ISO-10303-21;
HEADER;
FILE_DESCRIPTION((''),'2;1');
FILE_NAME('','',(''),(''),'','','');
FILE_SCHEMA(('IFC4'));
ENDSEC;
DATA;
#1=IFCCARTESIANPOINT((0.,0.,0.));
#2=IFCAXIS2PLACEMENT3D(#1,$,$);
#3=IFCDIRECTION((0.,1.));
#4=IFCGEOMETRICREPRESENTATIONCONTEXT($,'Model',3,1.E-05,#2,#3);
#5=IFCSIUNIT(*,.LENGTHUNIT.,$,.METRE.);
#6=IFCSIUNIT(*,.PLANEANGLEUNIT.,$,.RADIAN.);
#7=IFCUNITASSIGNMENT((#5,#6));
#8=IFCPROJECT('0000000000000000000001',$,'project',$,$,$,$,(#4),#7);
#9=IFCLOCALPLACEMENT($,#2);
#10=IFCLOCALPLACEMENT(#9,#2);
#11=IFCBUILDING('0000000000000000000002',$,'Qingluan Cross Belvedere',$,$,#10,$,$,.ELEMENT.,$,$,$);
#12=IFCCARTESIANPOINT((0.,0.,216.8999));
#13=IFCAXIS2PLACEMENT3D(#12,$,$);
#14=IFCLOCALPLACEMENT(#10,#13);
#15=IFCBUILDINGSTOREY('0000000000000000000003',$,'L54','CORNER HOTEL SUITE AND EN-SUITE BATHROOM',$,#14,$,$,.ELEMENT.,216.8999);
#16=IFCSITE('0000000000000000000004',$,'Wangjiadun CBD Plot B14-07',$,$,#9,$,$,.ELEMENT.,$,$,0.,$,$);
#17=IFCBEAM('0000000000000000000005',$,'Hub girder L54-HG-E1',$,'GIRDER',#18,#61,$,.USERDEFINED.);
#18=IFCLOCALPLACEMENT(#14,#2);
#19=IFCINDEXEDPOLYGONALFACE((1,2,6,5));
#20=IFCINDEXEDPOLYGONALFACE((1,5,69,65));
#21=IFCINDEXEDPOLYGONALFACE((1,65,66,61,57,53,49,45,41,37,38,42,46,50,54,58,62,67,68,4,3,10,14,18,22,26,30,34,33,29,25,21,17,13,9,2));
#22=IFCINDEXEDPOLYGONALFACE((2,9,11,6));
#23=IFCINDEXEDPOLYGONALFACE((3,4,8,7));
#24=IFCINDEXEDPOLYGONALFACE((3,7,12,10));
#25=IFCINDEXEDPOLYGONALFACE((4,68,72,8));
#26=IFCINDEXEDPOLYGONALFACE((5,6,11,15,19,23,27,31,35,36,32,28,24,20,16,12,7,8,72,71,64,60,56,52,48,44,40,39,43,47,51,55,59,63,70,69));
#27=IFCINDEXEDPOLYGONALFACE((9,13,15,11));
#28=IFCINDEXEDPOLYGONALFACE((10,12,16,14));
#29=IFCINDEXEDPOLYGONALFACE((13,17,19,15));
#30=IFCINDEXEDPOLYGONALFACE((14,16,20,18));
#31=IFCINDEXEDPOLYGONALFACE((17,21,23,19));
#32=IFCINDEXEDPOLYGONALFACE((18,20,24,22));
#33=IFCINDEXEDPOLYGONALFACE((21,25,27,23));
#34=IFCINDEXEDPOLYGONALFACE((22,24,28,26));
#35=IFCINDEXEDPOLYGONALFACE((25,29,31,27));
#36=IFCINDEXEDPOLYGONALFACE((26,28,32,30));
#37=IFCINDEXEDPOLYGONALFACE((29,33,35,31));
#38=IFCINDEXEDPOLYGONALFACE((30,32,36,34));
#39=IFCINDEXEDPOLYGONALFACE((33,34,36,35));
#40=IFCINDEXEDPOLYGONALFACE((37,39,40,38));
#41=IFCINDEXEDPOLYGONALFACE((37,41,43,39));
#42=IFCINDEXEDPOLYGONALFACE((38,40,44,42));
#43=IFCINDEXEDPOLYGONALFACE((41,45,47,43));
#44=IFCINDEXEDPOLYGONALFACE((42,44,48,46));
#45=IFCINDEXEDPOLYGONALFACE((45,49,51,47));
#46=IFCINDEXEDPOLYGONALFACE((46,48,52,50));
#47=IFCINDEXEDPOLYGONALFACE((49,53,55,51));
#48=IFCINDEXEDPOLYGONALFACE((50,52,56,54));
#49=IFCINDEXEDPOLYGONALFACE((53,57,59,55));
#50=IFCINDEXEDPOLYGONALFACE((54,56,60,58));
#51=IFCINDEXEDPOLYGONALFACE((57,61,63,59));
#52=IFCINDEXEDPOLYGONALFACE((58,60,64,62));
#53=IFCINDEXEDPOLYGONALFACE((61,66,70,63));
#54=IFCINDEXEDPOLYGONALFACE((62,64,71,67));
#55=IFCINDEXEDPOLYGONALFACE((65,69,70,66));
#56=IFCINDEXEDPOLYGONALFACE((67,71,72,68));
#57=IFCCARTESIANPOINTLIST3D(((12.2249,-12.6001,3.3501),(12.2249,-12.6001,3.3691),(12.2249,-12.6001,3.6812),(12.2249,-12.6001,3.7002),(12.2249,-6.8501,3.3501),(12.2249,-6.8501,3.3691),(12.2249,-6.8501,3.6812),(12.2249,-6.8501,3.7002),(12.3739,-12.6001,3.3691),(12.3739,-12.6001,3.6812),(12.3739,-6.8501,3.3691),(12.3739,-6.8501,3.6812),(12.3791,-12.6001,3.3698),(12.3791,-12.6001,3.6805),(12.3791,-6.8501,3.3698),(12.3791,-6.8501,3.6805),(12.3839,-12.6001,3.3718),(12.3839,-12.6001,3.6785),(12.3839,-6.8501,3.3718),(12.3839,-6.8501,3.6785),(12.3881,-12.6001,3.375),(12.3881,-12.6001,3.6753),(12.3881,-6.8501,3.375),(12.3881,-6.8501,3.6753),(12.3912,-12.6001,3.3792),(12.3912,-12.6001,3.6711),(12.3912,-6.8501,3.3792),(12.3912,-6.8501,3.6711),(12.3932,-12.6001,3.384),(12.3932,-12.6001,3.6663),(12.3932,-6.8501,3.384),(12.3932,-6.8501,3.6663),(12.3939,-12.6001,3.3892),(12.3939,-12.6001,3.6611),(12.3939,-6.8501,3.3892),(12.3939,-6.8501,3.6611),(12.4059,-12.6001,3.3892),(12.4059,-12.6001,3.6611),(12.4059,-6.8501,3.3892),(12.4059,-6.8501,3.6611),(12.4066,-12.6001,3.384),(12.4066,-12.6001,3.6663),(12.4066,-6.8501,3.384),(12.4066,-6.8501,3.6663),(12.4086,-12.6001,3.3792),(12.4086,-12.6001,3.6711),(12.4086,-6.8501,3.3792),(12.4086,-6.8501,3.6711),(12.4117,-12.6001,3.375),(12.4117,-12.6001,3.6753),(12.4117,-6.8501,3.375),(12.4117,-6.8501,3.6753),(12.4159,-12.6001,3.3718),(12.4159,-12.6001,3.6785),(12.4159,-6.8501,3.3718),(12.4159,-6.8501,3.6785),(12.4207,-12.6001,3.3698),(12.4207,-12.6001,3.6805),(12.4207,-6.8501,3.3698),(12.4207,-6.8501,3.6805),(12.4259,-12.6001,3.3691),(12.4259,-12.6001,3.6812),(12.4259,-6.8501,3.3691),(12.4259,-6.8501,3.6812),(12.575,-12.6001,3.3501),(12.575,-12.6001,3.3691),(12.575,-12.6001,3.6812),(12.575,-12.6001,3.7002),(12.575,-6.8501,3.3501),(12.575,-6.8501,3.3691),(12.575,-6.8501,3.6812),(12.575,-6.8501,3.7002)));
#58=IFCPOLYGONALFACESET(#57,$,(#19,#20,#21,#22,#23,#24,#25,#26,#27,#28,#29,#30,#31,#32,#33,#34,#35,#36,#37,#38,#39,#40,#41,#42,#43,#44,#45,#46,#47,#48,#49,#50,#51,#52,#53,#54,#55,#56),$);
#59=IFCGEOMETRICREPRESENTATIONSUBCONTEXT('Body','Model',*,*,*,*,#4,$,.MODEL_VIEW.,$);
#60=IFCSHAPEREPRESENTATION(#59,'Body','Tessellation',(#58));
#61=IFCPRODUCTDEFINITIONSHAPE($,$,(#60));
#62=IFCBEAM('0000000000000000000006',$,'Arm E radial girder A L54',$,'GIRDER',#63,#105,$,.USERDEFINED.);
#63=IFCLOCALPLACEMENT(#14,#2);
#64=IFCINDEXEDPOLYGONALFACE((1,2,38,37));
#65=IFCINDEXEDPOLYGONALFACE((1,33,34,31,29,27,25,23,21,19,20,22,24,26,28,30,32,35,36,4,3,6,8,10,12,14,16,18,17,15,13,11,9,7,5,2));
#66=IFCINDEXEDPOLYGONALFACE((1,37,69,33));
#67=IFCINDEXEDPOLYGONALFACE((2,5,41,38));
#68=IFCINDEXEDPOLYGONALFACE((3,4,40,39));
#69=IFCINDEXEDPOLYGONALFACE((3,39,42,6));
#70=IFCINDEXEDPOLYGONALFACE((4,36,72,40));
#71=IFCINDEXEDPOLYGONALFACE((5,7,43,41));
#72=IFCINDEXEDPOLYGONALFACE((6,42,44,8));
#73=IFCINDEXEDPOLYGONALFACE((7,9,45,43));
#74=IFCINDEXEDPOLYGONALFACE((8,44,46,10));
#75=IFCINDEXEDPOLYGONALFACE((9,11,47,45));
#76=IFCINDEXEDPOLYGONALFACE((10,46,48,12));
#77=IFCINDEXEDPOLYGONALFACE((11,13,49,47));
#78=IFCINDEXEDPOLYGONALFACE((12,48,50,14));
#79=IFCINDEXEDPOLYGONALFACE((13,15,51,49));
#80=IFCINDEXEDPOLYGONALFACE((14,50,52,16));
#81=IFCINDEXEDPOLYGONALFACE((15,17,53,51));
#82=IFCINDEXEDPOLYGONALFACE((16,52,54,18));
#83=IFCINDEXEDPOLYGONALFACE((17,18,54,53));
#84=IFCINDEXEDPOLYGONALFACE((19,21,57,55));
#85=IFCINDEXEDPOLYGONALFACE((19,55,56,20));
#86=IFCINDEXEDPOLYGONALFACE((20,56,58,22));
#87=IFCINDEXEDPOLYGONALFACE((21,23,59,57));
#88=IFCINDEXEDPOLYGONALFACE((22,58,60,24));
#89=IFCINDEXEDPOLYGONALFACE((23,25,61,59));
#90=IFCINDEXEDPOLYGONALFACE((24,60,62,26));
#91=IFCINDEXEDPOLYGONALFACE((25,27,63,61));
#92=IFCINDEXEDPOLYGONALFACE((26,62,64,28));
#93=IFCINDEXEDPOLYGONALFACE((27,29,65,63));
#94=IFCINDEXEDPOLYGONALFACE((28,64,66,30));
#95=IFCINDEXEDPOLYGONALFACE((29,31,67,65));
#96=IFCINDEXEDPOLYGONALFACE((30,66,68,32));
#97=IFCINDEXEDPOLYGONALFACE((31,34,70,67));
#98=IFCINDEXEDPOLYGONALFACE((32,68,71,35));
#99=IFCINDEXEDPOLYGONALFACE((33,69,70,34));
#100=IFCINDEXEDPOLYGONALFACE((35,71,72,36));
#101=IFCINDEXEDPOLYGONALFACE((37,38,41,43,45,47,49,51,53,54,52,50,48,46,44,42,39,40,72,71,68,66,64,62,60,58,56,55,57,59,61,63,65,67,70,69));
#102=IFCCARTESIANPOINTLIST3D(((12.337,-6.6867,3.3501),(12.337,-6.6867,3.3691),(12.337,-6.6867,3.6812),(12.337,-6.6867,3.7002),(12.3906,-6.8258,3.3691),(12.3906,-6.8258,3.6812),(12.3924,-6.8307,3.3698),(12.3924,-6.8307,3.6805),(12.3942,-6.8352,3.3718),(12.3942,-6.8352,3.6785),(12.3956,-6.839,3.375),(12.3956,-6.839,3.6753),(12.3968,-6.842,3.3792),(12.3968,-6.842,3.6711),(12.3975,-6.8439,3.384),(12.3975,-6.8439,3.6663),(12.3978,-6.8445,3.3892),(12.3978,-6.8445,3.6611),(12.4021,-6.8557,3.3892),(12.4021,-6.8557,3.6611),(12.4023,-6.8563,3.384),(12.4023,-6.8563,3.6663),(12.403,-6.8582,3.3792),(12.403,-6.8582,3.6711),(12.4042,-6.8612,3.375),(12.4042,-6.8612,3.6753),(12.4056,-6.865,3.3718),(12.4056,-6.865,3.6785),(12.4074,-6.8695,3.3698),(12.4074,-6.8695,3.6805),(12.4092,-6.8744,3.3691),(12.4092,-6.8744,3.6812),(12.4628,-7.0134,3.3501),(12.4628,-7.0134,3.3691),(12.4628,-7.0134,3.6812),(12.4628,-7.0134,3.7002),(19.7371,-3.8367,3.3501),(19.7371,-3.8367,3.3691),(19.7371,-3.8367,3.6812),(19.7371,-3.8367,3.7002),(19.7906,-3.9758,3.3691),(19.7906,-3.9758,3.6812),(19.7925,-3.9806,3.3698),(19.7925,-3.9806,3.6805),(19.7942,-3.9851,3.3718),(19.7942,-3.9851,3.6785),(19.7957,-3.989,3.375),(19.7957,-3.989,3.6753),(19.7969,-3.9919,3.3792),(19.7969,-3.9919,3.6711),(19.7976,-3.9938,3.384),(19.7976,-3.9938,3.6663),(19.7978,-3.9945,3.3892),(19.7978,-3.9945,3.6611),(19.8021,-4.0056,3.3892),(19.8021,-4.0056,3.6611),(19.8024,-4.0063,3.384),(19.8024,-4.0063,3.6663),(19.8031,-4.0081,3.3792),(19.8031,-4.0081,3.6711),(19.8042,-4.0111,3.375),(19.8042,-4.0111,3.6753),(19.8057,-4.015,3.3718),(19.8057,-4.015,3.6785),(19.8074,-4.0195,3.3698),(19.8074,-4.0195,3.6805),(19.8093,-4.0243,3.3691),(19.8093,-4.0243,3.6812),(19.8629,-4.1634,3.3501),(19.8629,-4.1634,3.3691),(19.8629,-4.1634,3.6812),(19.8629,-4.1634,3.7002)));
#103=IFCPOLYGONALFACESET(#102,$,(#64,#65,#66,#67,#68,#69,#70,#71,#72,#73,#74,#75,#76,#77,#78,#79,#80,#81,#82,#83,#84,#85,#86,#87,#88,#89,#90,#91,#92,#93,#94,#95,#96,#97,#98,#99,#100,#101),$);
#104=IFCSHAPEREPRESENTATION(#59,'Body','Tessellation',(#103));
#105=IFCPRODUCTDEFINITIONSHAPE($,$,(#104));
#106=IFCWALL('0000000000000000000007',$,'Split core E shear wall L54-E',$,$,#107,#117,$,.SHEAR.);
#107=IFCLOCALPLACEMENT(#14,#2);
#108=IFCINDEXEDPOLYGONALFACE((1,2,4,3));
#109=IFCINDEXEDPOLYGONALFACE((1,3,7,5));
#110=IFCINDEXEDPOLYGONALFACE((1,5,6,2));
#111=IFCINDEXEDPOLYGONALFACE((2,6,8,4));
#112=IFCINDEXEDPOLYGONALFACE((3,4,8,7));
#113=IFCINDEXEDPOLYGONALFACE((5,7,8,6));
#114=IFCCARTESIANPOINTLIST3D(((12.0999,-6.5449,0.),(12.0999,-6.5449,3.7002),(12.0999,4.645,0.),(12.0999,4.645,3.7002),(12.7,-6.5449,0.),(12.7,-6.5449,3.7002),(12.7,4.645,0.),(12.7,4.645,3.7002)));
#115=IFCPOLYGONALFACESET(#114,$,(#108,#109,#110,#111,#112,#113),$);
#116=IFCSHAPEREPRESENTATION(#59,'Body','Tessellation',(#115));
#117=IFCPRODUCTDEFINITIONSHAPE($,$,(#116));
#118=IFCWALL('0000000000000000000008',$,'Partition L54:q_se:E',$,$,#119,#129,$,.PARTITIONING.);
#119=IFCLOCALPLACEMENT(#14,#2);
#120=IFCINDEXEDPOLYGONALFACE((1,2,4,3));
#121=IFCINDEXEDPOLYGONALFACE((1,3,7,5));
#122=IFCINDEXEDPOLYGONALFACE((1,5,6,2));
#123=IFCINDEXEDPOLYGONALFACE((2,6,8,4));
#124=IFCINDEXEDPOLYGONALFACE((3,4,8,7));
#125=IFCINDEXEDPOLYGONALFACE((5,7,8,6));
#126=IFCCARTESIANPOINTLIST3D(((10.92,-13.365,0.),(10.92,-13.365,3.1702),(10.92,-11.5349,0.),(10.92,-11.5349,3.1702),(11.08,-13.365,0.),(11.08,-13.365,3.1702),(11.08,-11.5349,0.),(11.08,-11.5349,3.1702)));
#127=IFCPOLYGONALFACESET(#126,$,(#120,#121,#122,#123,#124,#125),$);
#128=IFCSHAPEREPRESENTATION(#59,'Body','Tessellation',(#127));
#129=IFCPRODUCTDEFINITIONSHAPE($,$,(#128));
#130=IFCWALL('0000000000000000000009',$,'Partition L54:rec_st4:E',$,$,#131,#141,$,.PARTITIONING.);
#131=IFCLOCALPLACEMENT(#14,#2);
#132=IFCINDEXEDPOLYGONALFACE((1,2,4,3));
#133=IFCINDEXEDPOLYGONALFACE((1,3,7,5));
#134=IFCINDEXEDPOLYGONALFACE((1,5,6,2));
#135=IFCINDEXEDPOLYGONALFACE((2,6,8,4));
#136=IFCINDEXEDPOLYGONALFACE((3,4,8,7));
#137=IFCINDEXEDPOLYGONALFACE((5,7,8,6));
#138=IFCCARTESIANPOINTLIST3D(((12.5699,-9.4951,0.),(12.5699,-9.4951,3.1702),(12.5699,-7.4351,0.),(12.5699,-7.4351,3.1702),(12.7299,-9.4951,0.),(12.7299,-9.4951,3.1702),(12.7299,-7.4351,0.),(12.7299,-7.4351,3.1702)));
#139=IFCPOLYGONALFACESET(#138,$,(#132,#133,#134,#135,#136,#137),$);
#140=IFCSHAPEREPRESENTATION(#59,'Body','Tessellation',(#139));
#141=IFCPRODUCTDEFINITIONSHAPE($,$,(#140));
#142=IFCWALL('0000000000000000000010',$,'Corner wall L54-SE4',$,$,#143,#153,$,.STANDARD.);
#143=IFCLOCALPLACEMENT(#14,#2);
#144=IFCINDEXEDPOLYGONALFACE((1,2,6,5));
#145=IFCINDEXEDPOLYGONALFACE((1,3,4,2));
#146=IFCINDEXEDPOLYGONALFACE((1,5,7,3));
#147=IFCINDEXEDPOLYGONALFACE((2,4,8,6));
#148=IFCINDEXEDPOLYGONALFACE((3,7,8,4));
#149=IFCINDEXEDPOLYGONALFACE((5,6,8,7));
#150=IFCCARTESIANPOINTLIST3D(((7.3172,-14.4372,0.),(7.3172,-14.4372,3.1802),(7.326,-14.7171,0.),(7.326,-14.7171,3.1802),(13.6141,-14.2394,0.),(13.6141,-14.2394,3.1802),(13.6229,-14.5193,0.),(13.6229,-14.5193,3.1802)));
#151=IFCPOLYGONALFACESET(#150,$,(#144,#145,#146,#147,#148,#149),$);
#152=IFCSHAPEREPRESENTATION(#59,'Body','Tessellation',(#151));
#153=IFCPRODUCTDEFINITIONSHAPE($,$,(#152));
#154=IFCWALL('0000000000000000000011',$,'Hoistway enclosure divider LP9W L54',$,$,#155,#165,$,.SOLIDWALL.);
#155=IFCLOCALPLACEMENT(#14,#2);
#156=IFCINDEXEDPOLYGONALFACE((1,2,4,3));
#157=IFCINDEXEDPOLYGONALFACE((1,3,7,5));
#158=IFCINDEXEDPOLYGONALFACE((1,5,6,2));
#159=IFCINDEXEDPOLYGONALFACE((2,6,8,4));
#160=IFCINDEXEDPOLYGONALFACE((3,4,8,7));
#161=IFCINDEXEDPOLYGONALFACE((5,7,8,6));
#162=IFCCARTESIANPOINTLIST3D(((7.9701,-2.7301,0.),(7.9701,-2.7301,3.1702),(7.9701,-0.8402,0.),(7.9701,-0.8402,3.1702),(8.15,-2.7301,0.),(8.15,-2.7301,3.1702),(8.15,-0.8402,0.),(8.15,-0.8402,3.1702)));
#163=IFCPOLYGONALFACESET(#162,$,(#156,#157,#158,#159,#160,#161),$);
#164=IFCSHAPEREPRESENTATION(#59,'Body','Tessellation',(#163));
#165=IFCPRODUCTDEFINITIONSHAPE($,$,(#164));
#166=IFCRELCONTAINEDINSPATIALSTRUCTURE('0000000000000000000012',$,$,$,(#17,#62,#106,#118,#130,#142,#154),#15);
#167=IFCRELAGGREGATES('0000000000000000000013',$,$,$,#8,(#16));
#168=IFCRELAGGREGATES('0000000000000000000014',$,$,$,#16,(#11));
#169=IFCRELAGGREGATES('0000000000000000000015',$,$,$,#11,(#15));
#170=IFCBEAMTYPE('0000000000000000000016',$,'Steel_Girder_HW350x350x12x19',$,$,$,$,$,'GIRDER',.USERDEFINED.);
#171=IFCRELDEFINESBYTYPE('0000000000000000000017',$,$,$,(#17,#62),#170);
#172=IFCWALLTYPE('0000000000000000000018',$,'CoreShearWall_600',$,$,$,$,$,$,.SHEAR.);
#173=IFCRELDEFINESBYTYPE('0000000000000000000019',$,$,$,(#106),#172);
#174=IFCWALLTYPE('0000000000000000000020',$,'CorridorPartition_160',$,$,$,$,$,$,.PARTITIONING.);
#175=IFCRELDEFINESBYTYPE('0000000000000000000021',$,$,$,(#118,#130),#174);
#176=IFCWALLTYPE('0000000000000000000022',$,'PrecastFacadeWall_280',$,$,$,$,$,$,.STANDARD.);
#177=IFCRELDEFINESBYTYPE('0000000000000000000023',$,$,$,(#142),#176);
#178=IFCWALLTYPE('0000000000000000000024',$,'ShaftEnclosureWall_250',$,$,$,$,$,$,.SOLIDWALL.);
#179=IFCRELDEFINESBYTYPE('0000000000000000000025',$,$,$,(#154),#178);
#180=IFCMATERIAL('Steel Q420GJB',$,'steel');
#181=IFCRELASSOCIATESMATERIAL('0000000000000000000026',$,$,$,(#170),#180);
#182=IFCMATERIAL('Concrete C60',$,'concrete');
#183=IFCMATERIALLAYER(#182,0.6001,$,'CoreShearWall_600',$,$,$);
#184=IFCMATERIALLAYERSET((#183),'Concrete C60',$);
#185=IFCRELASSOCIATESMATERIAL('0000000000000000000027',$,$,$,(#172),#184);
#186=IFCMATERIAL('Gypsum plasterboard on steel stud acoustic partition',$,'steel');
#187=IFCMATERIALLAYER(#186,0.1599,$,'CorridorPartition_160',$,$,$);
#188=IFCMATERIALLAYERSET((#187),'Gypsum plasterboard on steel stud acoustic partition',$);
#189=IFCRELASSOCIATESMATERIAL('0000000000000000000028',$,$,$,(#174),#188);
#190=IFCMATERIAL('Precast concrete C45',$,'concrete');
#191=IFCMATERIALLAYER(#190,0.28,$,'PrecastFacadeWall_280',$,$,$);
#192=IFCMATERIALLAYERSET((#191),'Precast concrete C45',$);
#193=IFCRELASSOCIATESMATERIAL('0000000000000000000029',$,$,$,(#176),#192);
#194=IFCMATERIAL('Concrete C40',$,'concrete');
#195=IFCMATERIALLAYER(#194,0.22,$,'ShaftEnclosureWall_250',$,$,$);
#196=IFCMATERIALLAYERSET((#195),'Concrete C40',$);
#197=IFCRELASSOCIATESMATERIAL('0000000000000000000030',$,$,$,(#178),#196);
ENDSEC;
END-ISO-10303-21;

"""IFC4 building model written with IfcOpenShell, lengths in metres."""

from ifc_helpers import new_model, si_unit, direction, frame, frame_2d, origin, origin_2d, place, context, subcontext, project, spatial, rectangle, i_section, extrude, material, layer, layer_set, material_profile, profile_set, type_object, element, save


model = new_model("IFC4")

# Units and contexts
model_context = context("Model", 3, precision=1e-05, world=origin(), true_north=direction((0.0, 1.0)))
body_context = subcontext(model_context, "Body", "Model", "MODEL_VIEW")
ifc_project = project(units=[si_unit("LENGTHUNIT", "METRE"), si_unit("PLANEANGLEUNIT", "RADIAN")], contexts=[model_context])

# Site, building, storey
site_placement = place(None, origin())
site = spatial("IfcSite", under=ifc_project, at=site_placement, Name="Wangjiadun CBD Plot B14-07", CompositionType="ELEMENT", RefElevation=0.0)
building_placement = place(site_placement, origin())
building = spatial("IfcBuilding", under=site, at=building_placement, Name="Qingluan Cross Belvedere", CompositionType="ELEMENT")
storey_placement = place(building_placement, frame((0.0, 0.0, 216.8999)))
storey = spatial("IfcBuildingStorey", under=building, at=storey_placement, Name="L54", Description="CORNER HOTEL SUITE AND EN-SUITE BATHROOM", CompositionType="ELEMENT", Elevation=216.8999)

# Beams
ifc_material_1 = material(Name="Steel Q420GJB", Category="steel")
ifc_material_profile_1 = material_profile(ifc_material_1, i_section(OverallWidth=0.3501, OverallDepth=0.3501, WebThickness=0.012, FlangeThickness=0.019, FilletRadius=0.02, at=origin_2d()), Name="HW350x350x12x19")
ifc_profile_set_1 = profile_set([ifc_material_profile_1], Name="Steel Q420GJB")
beam_type_1 = type_object("IfcBeamType", Name="Steel_Girder_HW350x350x12x19", ElementType="GIRDER", PredefinedType="USERDEFINED", material=ifc_profile_set_1)
beam_1_placement = place(storey_placement, frame((12.3999, -12.6001, 3.5251), z_axis=(0.0, 1.0, 0.0), x_axis=(-1.0, 0.0, 0.0)))
element("IfcBeam", 1, at=beam_1_placement, inside=storey, type_object=beam_type_1, Name="Hub girder L54-HG-E1", ObjectType="GIRDER", PredefinedType="USERDEFINED", context=body_context, shape_type="SweptSolid", body=[
    extrude(i_section(OverallWidth=0.3501, OverallDepth=0.3501, WebThickness=0.012, FlangeThickness=0.019, FilletRadius=0.02, at=origin_2d()), origin(), (0.0, 0.0, 1.0), 5.75),
])
beam_2_placement = place(storey_placement, frame((12.3999, -6.8501, 3.5251), z_axis=(0.933181, 0.359406, 0.0), x_axis=(-0.359406, 0.933181, 0.0)))
element("IfcBeam", 2, at=beam_2_placement, inside=storey, type_object=beam_type_1, Name="Arm E radial girder A L54", ObjectType="GIRDER", PredefinedType="USERDEFINED", context=body_context, shape_type="SweptSolid", body=[
    extrude(i_section(OverallWidth=0.3501, OverallDepth=0.3501, WebThickness=0.012, FlangeThickness=0.019, FilletRadius=0.02, at=origin_2d()), origin(), (0.0, 0.0, 1.0), 7.9299),
])

# Walls
ifc_material_2 = material(Name="Concrete C60", Category="concrete")
ifc_layer_1 = layer(ifc_material_2, 0.6001, Name="CoreShearWall_600")
ifc_layer_set_1 = layer_set([ifc_layer_1], Name="Concrete C60")
wall_type_1 = type_object("IfcWallType", Name="CoreShearWall_600", PredefinedType="SHEAR", material=ifc_layer_set_1)
wall_1_placement = place(storey_placement, frame((12.3999, -6.5449, 0.0), z_axis=(0.0, 0.0, 1.0), x_axis=(0.0, 1.0, 0.0)))
element("IfcWall", 3, at=wall_1_placement, inside=storey, type_object=wall_type_1, Name="Split core E shear wall L54-E", PredefinedType="SHEAR", context=body_context, shape_type="SweptSolid", body=[
    extrude(rectangle(XDim=11.1899, YDim=0.6001, at=frame_2d((5.595, 0.0))), origin(), (0.0, 0.0, 1.0), 3.7002),
])
ifc_material_3 = material(Name="Gypsum plasterboard on steel stud acoustic partition", Category="steel")
ifc_layer_2 = layer(ifc_material_3, 0.1599, Name="CorridorPartition_160")
ifc_layer_set_2 = layer_set([ifc_layer_2], Name="Gypsum plasterboard on steel stud acoustic partition")
wall_type_2 = type_object("IfcWallType", Name="CorridorPartition_160", PredefinedType="PARTITIONING", material=ifc_layer_set_2)
wall_2_placement = place(storey_placement, frame((11.0, -13.365, 0.0), z_axis=(0.0, 0.0, 1.0), x_axis=(0.0, 1.0, 0.0)))
element("IfcWall", 4, at=wall_2_placement, inside=storey, type_object=wall_type_2, Name="Partition L54:q_se:E", PredefinedType="PARTITIONING", context=body_context, shape_type="SweptSolid", body=[
    extrude(rectangle(XDim=1.8301, YDim=0.1599, at=frame_2d((0.915, 0.0))), origin(), (0.0, 0.0, 1.0), 3.1702),
])
wall_3_placement = place(storey_placement, frame((12.6499, -9.4951, 0.0), z_axis=(0.0, 0.0, 1.0), x_axis=(0.0, 1.0, 0.0)))
element("IfcWall", 5, at=wall_3_placement, inside=storey, type_object=wall_type_2, Name="Partition L54:rec_st4:E", PredefinedType="PARTITIONING", context=body_context, shape_type="SweptSolid", body=[
    extrude(rectangle(XDim=2.0601, YDim=0.1599, at=frame_2d((1.03, 0.0))), origin(), (0.0, 0.0, 1.0), 3.1702),
])
ifc_material_4 = material(Name="Precast concrete C45", Category="concrete")
ifc_layer_3 = layer(ifc_material_4, 0.28, Name="PrecastFacadeWall_280")
ifc_layer_set_3 = layer_set([ifc_layer_3], Name="Precast concrete C45")
wall_type_3 = type_object("IfcWallType", Name="PrecastFacadeWall_280", PredefinedType="STANDARD", material=ifc_layer_set_3)
wall_4_placement = place(storey_placement, frame((13.6184, -14.3794, 0.0), z_axis=(0.0, 0.0, 1.0), x_axis=(-0.999507, -0.03139, 0.0)))
element("IfcWall", 6, at=wall_4_placement, inside=storey, type_object=wall_type_3, Name="Corner wall L54-SE4", PredefinedType="STANDARD", context=body_context, shape_type="SweptSolid", body=[
    extrude(rectangle(XDim=6.3, YDim=0.28, at=frame_2d((3.1499, 0.0))), origin(), (0.0, 0.0, 1.0), 3.1802),
])
ifc_material_5 = material(Name="Concrete C40", Category="concrete")
ifc_layer_4 = layer(ifc_material_5, 0.22, Name="ShaftEnclosureWall_250")
ifc_layer_set_4 = layer_set([ifc_layer_4], Name="Concrete C40")
wall_type_4 = type_object("IfcWallType", Name="ShaftEnclosureWall_250", PredefinedType="SOLIDWALL", material=ifc_layer_set_4)
wall_5_placement = place(storey_placement, frame((8.0601, -2.73, 0.0), z_axis=(0.0, 0.0, 1.0), x_axis=(0.0, 1.0, 0.0)))
element("IfcWall", 7, at=wall_5_placement, inside=storey, type_object=wall_type_4, Name="Hoistway enclosure divider LP9W L54", PredefinedType="SOLIDWALL", context=body_context, shape_type="SweptSolid", body=[
    extrude(rectangle(XDim=1.8899, YDim=0.1799, at=frame_2d((0.9448, 0.0))), origin(), (0.0, 0.0, 1.0), 3.1702),
])

save(model, "model.ifc")
